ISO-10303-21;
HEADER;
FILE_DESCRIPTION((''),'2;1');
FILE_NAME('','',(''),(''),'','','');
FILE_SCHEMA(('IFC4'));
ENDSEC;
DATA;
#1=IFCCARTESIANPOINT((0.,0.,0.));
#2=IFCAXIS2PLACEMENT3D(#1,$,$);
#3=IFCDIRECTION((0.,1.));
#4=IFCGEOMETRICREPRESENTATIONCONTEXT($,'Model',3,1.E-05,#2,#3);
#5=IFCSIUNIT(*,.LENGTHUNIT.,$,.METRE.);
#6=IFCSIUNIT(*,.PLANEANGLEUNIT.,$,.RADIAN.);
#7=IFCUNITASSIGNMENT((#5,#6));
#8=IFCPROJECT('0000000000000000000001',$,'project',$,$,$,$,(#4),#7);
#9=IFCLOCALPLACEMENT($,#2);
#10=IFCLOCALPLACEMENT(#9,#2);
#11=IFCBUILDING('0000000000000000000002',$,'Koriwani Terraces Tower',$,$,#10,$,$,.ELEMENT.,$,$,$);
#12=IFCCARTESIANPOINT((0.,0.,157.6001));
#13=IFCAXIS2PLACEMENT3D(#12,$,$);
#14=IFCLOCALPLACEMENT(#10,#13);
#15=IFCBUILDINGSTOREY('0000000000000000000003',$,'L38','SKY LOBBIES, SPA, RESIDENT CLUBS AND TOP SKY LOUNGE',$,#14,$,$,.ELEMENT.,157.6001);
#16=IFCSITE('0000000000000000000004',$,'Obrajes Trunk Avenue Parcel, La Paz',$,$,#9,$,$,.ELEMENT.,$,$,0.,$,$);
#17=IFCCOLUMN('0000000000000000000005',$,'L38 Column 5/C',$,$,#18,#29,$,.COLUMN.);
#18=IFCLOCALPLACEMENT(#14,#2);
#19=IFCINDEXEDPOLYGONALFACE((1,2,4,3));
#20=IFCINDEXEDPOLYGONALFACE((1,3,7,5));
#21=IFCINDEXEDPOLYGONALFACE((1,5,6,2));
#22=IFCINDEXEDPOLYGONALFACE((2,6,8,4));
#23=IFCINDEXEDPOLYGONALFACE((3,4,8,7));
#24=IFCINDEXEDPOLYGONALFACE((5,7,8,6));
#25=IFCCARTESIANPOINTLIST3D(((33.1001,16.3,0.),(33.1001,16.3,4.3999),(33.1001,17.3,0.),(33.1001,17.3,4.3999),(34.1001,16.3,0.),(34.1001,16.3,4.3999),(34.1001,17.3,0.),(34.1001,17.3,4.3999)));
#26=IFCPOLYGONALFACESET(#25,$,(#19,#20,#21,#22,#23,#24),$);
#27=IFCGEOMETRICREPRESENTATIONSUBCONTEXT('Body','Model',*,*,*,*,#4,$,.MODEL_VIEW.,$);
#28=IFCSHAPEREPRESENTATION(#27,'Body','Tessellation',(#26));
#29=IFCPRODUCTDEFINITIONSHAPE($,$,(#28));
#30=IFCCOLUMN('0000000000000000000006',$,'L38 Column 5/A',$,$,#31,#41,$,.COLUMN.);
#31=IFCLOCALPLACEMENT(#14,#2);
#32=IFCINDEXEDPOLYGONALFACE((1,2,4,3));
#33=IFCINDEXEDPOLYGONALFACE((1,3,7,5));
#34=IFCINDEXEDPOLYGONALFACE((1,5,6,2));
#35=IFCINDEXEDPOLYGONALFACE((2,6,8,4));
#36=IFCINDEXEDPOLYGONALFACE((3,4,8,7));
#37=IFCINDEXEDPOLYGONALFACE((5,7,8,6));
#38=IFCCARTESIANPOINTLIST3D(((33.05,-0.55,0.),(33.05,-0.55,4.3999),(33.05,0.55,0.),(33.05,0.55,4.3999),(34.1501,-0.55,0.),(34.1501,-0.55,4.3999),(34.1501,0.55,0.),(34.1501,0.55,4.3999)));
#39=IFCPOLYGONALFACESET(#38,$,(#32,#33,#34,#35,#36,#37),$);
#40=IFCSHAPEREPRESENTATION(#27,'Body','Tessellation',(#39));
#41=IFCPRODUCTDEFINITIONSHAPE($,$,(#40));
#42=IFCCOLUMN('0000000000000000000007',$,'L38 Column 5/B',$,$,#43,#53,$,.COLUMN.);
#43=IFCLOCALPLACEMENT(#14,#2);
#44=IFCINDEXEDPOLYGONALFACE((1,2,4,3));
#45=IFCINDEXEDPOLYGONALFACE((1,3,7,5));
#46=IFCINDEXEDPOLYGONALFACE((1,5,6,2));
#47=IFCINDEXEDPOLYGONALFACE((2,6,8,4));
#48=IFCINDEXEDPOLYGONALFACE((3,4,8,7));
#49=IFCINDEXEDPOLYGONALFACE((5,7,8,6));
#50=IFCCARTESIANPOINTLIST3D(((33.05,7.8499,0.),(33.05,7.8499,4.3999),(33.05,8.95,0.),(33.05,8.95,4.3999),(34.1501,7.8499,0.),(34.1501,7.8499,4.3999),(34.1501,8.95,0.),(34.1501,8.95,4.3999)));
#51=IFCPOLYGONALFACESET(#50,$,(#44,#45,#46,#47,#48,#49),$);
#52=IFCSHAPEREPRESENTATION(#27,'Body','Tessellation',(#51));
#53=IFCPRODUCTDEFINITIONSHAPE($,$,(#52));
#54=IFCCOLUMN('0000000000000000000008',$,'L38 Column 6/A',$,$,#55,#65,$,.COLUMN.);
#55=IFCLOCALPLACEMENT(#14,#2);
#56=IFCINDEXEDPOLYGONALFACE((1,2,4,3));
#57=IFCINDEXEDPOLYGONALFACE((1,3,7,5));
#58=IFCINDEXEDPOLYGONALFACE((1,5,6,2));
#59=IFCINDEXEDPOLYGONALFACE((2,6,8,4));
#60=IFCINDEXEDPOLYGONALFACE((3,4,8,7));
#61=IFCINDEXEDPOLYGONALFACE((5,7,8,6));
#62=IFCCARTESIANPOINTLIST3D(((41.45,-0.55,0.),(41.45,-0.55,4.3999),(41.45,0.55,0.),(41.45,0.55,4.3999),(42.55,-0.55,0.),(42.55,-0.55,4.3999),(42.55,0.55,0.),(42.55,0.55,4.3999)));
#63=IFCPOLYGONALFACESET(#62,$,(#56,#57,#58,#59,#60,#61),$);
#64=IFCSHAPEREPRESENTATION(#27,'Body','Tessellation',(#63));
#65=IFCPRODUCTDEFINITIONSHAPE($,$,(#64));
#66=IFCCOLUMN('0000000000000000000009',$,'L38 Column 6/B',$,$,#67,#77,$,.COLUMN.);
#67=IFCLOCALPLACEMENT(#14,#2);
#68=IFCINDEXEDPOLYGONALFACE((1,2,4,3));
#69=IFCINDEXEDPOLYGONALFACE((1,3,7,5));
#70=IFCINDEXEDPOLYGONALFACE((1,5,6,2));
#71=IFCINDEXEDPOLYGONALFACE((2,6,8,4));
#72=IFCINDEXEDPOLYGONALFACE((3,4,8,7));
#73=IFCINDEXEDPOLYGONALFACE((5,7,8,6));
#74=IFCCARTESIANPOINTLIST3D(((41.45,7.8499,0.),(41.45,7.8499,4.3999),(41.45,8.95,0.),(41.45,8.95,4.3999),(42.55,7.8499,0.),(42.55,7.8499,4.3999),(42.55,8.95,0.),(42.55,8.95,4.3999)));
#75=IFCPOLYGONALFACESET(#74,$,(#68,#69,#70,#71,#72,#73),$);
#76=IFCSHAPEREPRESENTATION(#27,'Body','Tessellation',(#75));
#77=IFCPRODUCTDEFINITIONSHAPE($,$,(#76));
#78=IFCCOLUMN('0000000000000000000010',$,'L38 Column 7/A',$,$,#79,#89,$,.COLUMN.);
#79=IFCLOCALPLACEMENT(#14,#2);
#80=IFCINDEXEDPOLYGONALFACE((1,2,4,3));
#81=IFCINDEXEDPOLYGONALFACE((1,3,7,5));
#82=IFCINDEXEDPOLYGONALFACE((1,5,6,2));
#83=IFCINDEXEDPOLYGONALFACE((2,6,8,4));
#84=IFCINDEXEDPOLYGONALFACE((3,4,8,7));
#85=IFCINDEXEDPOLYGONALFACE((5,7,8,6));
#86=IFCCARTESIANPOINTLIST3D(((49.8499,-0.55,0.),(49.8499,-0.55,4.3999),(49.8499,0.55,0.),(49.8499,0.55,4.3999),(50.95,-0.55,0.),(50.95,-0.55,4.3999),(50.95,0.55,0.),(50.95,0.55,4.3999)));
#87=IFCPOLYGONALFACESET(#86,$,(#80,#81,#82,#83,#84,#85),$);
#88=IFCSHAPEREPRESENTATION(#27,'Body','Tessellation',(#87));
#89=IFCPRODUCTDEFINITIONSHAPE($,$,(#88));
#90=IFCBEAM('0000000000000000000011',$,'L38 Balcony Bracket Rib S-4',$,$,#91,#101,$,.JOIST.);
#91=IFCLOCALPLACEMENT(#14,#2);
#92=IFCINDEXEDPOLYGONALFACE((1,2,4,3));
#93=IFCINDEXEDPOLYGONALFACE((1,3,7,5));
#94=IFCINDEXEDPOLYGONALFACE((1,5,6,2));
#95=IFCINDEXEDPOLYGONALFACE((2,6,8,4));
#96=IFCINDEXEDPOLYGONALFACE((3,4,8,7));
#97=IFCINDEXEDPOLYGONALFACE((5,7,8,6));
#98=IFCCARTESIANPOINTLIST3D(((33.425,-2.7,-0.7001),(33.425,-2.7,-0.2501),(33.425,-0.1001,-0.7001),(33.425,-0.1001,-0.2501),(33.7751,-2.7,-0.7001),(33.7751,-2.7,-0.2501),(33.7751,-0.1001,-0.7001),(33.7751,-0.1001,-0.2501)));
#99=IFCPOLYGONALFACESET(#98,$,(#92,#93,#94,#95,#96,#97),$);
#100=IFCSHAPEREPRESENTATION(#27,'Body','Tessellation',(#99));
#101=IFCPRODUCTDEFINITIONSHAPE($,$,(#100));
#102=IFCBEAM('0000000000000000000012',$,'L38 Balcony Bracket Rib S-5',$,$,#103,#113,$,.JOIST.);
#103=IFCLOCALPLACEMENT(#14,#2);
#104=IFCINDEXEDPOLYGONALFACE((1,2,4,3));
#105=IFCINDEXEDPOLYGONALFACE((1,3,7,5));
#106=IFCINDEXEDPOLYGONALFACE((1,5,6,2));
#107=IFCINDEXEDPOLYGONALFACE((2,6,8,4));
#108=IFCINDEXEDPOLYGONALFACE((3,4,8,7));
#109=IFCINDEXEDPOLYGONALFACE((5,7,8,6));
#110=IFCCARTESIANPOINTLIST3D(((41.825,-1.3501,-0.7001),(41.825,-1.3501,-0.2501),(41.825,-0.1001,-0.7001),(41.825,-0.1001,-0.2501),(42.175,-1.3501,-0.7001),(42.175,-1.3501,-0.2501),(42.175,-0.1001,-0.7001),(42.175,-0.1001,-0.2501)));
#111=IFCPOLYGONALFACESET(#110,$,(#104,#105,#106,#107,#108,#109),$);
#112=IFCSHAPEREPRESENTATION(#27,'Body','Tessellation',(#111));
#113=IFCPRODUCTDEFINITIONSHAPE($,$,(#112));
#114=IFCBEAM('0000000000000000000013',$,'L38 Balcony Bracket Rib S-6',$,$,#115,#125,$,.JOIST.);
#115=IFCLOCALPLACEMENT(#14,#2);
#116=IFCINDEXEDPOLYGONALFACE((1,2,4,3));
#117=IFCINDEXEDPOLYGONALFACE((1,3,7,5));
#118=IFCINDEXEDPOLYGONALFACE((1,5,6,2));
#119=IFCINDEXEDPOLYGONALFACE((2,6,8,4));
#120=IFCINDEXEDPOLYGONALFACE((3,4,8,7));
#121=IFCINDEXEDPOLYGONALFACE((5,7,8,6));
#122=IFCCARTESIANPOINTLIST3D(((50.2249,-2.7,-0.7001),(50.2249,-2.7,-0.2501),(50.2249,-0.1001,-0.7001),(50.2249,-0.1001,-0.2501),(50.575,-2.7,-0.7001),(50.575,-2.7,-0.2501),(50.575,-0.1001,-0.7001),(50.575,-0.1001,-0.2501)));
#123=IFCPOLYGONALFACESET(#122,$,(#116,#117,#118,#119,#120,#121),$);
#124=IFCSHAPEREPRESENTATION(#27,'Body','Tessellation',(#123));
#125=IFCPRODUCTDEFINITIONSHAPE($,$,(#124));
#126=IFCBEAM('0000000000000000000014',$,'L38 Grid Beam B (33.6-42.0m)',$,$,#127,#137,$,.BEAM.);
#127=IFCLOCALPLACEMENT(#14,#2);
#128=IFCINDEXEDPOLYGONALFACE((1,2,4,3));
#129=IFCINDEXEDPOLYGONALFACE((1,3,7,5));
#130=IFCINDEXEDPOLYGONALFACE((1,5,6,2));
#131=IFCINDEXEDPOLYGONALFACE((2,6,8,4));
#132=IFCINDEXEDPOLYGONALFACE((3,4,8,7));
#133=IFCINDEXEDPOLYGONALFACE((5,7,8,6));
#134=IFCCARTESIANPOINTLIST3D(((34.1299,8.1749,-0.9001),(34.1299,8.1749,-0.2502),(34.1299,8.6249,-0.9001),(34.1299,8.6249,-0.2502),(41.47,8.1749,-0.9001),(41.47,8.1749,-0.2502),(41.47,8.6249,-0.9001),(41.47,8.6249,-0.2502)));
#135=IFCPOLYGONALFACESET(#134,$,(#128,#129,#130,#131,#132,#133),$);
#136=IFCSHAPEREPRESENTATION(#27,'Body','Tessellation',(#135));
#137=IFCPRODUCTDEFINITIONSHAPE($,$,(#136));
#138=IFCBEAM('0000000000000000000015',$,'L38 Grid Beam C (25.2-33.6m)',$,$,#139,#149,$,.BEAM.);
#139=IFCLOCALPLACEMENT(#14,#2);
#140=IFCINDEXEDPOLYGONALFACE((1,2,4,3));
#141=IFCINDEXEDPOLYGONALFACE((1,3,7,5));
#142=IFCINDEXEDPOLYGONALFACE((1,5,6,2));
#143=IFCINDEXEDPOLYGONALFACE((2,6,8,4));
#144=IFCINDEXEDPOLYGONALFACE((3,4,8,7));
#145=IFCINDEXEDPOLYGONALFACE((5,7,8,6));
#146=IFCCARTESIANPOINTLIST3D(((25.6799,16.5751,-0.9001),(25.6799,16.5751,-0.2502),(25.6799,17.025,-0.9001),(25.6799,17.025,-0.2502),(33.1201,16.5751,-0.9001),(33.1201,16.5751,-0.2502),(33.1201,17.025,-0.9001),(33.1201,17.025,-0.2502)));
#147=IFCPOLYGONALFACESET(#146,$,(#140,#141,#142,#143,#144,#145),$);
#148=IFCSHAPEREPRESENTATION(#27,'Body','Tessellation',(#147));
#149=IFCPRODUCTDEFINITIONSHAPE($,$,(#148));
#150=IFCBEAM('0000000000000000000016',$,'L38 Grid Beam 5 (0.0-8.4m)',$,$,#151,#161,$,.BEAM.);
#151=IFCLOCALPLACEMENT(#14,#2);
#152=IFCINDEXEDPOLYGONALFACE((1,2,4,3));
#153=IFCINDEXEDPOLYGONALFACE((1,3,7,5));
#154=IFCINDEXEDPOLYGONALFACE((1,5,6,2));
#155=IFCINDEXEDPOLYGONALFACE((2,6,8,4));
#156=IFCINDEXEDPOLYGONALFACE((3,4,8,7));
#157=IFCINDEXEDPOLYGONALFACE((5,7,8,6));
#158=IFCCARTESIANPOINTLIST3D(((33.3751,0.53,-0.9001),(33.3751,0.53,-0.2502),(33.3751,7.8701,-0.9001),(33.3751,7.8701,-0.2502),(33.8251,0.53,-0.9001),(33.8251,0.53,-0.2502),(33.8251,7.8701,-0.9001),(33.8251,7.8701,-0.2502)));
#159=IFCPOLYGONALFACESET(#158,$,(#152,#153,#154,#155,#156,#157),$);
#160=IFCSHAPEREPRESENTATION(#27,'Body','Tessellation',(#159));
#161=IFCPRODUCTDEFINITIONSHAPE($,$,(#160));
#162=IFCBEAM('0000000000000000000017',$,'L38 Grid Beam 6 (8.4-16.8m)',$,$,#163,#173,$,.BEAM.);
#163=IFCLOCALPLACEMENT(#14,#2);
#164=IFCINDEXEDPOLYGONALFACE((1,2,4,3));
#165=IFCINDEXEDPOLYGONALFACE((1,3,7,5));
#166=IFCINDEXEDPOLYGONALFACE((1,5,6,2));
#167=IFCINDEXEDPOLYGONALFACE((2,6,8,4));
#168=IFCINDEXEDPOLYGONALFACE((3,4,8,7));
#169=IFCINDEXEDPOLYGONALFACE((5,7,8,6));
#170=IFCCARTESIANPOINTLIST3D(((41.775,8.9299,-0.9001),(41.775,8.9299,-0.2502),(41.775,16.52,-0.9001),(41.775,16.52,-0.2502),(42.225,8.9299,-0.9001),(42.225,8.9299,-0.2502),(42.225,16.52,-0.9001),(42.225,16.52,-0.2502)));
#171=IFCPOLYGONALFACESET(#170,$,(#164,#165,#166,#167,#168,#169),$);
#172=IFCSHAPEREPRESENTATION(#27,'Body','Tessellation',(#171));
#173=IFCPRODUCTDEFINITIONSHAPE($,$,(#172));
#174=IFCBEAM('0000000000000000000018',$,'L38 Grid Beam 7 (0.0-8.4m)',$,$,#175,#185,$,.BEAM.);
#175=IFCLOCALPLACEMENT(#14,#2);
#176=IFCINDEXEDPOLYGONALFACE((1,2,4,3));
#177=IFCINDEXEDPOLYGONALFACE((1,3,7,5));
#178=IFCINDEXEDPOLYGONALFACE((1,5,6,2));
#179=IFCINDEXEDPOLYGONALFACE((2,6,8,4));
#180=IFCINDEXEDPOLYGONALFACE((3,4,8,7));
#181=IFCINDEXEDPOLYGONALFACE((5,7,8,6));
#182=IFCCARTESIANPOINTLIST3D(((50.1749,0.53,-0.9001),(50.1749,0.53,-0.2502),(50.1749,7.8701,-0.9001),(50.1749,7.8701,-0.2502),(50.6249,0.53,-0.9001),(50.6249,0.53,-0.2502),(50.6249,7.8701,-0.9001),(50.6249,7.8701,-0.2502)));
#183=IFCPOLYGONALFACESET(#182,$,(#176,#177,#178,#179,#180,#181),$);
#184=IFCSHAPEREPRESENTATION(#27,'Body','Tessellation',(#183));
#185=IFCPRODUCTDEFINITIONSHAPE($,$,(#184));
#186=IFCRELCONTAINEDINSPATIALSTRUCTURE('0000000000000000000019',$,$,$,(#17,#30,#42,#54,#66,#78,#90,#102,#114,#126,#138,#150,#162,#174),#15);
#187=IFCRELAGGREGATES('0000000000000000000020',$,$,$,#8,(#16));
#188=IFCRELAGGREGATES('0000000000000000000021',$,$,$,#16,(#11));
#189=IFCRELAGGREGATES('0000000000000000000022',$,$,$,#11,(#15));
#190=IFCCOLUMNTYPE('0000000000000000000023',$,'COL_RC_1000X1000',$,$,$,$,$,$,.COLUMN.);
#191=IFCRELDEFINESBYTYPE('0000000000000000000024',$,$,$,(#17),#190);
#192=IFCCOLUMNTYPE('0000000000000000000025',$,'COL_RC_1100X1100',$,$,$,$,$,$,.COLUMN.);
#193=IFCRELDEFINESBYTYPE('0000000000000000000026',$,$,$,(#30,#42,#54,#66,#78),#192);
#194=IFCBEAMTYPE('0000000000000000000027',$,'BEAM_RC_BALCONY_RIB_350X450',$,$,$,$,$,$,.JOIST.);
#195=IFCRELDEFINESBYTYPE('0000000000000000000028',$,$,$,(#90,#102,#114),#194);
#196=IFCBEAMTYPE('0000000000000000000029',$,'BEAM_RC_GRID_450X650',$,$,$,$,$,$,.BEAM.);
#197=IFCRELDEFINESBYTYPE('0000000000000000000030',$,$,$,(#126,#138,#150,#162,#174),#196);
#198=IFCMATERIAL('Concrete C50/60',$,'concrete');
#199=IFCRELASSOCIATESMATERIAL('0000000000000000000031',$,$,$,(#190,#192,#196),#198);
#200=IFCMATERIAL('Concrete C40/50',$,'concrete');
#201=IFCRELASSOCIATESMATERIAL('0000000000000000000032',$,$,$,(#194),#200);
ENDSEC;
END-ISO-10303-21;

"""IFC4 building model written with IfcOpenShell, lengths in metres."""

from ifc_helpers import new_model, si_unit, direction, frame, origin, origin_2d, place, context, subcontext, project, spatial, rectangle, extrude, material, material_profile, profile_set, type_object, element, save


model = new_model("IFC4")

# Units and contexts
model_context = context("Model", 3, precision=1e-05, world=origin(), true_north=direction((0.0, 1.0)))
body_context = subcontext(model_context, "Body", "Model", "MODEL_VIEW")
ifc_project = project(units=[si_unit("LENGTHUNIT", "METRE"), si_unit("PLANEANGLEUNIT", "RADIAN")], contexts=[model_context])

# Site, building, storey
site_placement = place(None, origin())
site = spatial("IfcSite", under=ifc_project, at=site_placement, Name="Obrajes Trunk Avenue Parcel, La Paz", CompositionType="ELEMENT", RefElevation=0.0)
building_placement = place(site_placement, origin())
building = spatial("IfcBuilding", under=site, at=building_placement, Name="Koriwani Terraces Tower", CompositionType="ELEMENT")
storey_placement = place(building_placement, frame((0.0, 0.0, 157.6001)))
storey = spatial("IfcBuildingStorey", under=building, at=storey_placement, Name="L38", Description="SKY LOBBIES, SPA, RESIDENT CLUBS AND TOP SKY LOUNGE", CompositionType="ELEMENT", Elevation=157.6001)

# Columns
ifc_material_1 = material(Name="Concrete C50/60", Category="concrete")
ifc_material_profile_1 = material_profile(ifc_material_1, rectangle(XDim=1.0, YDim=1.0, at=origin_2d()), Name="Concrete C50/60", Category="LoadBearing")
ifc_profile_set_1 = profile_set([ifc_material_profile_1], Name="Concrete C50/60")
column_type_1 = type_object("IfcColumnType", Name="COL_RC_1000X1000", PredefinedType="COLUMN", material=ifc_profile_set_1)
column_placement = place(storey_placement, frame((33.6001, 16.8, 0.0), z_axis=(0.0, 0.0, 1.0), x_axis=(1.0, 0.0, 0.0)))
element("IfcColumn", 1, at=column_placement, inside=storey, type_object=column_type_1, Name="L38 Column 5/C", PredefinedType="COLUMN", context=body_context, shape_type="SweptSolid", body=[
    extrude(rectangle(XDim=1.0, YDim=1.0, at=origin_2d()), origin(), (0.0, 0.0, 1.0), 4.3999),
])
ifc_material_profile_2 = material_profile(ifc_material_1, rectangle(XDim=1.1001, YDim=1.1001, at=origin_2d()), Name="Concrete C50/60", Category="LoadBearing")
ifc_profile_set_2 = profile_set([ifc_material_profile_2], Name="Concrete C50/60")
column_type_2 = type_object("IfcColumnType", Name="COL_RC_1100X1100", PredefinedType="COLUMN", material=ifc_profile_set_2)
for number, where, z_axis, x_axis, name in (
    (2, (33.6001, 0.0, 0.0), (0.0, 0.0, 1.0), (1.0, 0.0, 0.0), "L38 Column 5/A"),
    (3, (33.6001, 8.3999, 0.0), (0.0, 0.0, 1.0), (1.0, 0.0, 0.0), "L38 Column 5/B"),
    (4, (42.0, 0.0, 0.0), (0.0, 0.0, 1.0), (1.0, 0.0, 0.0), "L38 Column 6/A"),
    (5, (42.0, 8.3999, 0.0), (0.0, 0.0, 1.0), (1.0, 0.0, 0.0), "L38 Column 6/B"),
    (6, (50.3999, 0.0, 0.0), (0.0, 0.0, 1.0), (1.0, 0.0, 0.0), "L38 Column 7/A"),
):
    element("IfcColumn", number, at=place(storey_placement, frame(where, z_axis=z_axis, x_axis=x_axis)), inside=storey, type_object=column_type_2, Name=name, PredefinedType="COLUMN", context=body_context, shape_type="SweptSolid", body=[
        extrude(rectangle(XDim=1.1001, YDim=1.1001, at=origin_2d()), origin(), (0.0, 0.0, 1.0), 4.3999),
    ])

# Beams
ifc_material_2 = material(Name="Concrete C40/50", Category="concrete")
ifc_material_profile_3 = material_profile(ifc_material_2, rectangle(XDim=0.3501, YDim=0.45, at=origin_2d()), Name="Concrete C40/50", Category="LoadBearing")
ifc_profile_set_3 = profile_set([ifc_material_profile_3], Name="Concrete C40/50")
beam_type_1 = type_object("IfcBeamType", Name="BEAM_RC_BALCONY_RIB_350X450", PredefinedType="JOIST", material=ifc_profile_set_3)
beam_1_placement = place(storey_placement, frame((33.6001, -2.7, -0.4751), z_axis=(0.0, 1.0, 0.0), x_axis=(-1.0, 0.0, 0.0)))
element("IfcBeam", 7, at=beam_1_placement, inside=storey, type_object=beam_type_1, Name="L38 Balcony Bracket Rib S-4", PredefinedType="JOIST", context=body_context, shape_type="SweptSolid", body=[
    extrude(rectangle(XDim=0.3501, YDim=0.45, at=origin_2d()), origin(), (0.0, 0.0, 1.0), 2.5999),
])
beam_2_placement = place(storey_placement, frame((42.0, -1.3501, -0.4751), z_axis=(0.0, 1.0, 0.0), x_axis=(-1.0, 0.0, 0.0)))
element("IfcBeam", 8, at=beam_2_placement, inside=storey, type_object=beam_type_1, Name="L38 Balcony Bracket Rib S-5", PredefinedType="JOIST", context=body_context, shape_type="SweptSolid", body=[
    extrude(rectangle(XDim=0.3501, YDim=0.45, at=origin_2d()), origin(), (0.0, 0.0, 1.0), 1.25),
])
beam_3_placement = place(storey_placement, frame((50.3999, -2.7, -0.4751), z_axis=(0.0, 1.0, 0.0), x_axis=(-1.0, 0.0, 0.0)))
element("IfcBeam", 9, at=beam_3_placement, inside=storey, type_object=beam_type_1, Name="L38 Balcony Bracket Rib S-6", PredefinedType="JOIST", context=body_context, shape_type="SweptSolid", body=[
    extrude(rectangle(XDim=0.3501, YDim=0.45, at=origin_2d()), origin(), (0.0, 0.0, 1.0), 2.5999),
])
ifc_material_profile_4 = material_profile(ifc_material_1, rectangle(XDim=0.45, YDim=0.6499, at=origin_2d()), Name="Concrete C50/60", Category="LoadBearing")
ifc_profile_set_4 = profile_set([ifc_material_profile_4], Name="Concrete C50/60")
beam_type_2 = type_object("IfcBeamType", Name="BEAM_RC_GRID_450X650", PredefinedType="BEAM", material=ifc_profile_set_4)
beam_4_placement = place(storey_placement, frame((34.1299, 8.3999, -0.5752), z_axis=(1.0, 0.0, 0.0), x_axis=(0.0, 1.0, 0.0)))
element("IfcBeam", 10, at=beam_4_placement, inside=storey, type_object=beam_type_2, Name="L38 Grid Beam B (33.6-42.0m)", PredefinedType="BEAM", context=body_context, shape_type="SweptSolid", body=[
    extrude(rectangle(XDim=0.45, YDim=0.6499, at=origin_2d()), origin(), (0.0, 0.0, 1.0), 7.3401),
])
beam_5_placement = place(storey_placement, frame((25.6799, 16.8, -0.5752), z_axis=(1.0, 0.0, 0.0), x_axis=(0.0, 1.0, 0.0)))
element("IfcBeam", 11, at=beam_5_placement, inside=storey, type_object=beam_type_2, Name="L38 Grid Beam C (25.2-33.6m)", PredefinedType="BEAM", context=body_context, shape_type="SweptSolid", body=[
    extrude(rectangle(XDim=0.45, YDim=0.6499, at=origin_2d()), origin(), (0.0, 0.0, 1.0), 7.4402),
])
beam_6_placement = place(storey_placement, frame((33.6001, 0.53, -0.5752), z_axis=(0.0, 1.0, 0.0), x_axis=(-1.0, 0.0, 0.0)))
element("IfcBeam", 12, at=beam_6_placement, inside=storey, type_object=beam_type_2, Name="L38 Grid Beam 5 (0.0-8.4m)", PredefinedType="BEAM", context=body_context, shape_type="SweptSolid", body=[
    extrude(rectangle(XDim=0.45, YDim=0.6499, at=origin_2d()), origin(), (0.0, 0.0, 1.0), 7.3401),
])
beam_7_placement = place(storey_placement, frame((42.0, 8.9299, -0.5752), z_axis=(0.0, 1.0, 0.0), x_axis=(-1.0, 0.0, 0.0)))
element("IfcBeam", 13, at=beam_7_placement, inside=storey, type_object=beam_type_2, Name="L38 Grid Beam 6 (8.4-16.8m)", PredefinedType="BEAM", context=body_context, shape_type="SweptSolid", body=[
    extrude(rectangle(XDim=0.45, YDim=0.6499, at=origin_2d()), origin(), (0.0, 0.0, 1.0), 7.5901),
])
beam_8_placement = place(storey_placement, frame((50.3999, 0.53, -0.5752), z_axis=(0.0, 1.0, 0.0), x_axis=(-1.0, 0.0, 0.0)))
element("IfcBeam", 14, at=beam_8_placement, inside=storey, type_object=beam_type_2, Name="L38 Grid Beam 7 (0.0-8.4m)", PredefinedType="BEAM", context=body_context, shape_type="SweptSolid", body=[
    extrude(rectangle(XDim=0.45, YDim=0.6499, at=origin_2d()), origin(), (0.0, 0.0, 1.0), 7.3401),
])

save(model, "model.ifc")
